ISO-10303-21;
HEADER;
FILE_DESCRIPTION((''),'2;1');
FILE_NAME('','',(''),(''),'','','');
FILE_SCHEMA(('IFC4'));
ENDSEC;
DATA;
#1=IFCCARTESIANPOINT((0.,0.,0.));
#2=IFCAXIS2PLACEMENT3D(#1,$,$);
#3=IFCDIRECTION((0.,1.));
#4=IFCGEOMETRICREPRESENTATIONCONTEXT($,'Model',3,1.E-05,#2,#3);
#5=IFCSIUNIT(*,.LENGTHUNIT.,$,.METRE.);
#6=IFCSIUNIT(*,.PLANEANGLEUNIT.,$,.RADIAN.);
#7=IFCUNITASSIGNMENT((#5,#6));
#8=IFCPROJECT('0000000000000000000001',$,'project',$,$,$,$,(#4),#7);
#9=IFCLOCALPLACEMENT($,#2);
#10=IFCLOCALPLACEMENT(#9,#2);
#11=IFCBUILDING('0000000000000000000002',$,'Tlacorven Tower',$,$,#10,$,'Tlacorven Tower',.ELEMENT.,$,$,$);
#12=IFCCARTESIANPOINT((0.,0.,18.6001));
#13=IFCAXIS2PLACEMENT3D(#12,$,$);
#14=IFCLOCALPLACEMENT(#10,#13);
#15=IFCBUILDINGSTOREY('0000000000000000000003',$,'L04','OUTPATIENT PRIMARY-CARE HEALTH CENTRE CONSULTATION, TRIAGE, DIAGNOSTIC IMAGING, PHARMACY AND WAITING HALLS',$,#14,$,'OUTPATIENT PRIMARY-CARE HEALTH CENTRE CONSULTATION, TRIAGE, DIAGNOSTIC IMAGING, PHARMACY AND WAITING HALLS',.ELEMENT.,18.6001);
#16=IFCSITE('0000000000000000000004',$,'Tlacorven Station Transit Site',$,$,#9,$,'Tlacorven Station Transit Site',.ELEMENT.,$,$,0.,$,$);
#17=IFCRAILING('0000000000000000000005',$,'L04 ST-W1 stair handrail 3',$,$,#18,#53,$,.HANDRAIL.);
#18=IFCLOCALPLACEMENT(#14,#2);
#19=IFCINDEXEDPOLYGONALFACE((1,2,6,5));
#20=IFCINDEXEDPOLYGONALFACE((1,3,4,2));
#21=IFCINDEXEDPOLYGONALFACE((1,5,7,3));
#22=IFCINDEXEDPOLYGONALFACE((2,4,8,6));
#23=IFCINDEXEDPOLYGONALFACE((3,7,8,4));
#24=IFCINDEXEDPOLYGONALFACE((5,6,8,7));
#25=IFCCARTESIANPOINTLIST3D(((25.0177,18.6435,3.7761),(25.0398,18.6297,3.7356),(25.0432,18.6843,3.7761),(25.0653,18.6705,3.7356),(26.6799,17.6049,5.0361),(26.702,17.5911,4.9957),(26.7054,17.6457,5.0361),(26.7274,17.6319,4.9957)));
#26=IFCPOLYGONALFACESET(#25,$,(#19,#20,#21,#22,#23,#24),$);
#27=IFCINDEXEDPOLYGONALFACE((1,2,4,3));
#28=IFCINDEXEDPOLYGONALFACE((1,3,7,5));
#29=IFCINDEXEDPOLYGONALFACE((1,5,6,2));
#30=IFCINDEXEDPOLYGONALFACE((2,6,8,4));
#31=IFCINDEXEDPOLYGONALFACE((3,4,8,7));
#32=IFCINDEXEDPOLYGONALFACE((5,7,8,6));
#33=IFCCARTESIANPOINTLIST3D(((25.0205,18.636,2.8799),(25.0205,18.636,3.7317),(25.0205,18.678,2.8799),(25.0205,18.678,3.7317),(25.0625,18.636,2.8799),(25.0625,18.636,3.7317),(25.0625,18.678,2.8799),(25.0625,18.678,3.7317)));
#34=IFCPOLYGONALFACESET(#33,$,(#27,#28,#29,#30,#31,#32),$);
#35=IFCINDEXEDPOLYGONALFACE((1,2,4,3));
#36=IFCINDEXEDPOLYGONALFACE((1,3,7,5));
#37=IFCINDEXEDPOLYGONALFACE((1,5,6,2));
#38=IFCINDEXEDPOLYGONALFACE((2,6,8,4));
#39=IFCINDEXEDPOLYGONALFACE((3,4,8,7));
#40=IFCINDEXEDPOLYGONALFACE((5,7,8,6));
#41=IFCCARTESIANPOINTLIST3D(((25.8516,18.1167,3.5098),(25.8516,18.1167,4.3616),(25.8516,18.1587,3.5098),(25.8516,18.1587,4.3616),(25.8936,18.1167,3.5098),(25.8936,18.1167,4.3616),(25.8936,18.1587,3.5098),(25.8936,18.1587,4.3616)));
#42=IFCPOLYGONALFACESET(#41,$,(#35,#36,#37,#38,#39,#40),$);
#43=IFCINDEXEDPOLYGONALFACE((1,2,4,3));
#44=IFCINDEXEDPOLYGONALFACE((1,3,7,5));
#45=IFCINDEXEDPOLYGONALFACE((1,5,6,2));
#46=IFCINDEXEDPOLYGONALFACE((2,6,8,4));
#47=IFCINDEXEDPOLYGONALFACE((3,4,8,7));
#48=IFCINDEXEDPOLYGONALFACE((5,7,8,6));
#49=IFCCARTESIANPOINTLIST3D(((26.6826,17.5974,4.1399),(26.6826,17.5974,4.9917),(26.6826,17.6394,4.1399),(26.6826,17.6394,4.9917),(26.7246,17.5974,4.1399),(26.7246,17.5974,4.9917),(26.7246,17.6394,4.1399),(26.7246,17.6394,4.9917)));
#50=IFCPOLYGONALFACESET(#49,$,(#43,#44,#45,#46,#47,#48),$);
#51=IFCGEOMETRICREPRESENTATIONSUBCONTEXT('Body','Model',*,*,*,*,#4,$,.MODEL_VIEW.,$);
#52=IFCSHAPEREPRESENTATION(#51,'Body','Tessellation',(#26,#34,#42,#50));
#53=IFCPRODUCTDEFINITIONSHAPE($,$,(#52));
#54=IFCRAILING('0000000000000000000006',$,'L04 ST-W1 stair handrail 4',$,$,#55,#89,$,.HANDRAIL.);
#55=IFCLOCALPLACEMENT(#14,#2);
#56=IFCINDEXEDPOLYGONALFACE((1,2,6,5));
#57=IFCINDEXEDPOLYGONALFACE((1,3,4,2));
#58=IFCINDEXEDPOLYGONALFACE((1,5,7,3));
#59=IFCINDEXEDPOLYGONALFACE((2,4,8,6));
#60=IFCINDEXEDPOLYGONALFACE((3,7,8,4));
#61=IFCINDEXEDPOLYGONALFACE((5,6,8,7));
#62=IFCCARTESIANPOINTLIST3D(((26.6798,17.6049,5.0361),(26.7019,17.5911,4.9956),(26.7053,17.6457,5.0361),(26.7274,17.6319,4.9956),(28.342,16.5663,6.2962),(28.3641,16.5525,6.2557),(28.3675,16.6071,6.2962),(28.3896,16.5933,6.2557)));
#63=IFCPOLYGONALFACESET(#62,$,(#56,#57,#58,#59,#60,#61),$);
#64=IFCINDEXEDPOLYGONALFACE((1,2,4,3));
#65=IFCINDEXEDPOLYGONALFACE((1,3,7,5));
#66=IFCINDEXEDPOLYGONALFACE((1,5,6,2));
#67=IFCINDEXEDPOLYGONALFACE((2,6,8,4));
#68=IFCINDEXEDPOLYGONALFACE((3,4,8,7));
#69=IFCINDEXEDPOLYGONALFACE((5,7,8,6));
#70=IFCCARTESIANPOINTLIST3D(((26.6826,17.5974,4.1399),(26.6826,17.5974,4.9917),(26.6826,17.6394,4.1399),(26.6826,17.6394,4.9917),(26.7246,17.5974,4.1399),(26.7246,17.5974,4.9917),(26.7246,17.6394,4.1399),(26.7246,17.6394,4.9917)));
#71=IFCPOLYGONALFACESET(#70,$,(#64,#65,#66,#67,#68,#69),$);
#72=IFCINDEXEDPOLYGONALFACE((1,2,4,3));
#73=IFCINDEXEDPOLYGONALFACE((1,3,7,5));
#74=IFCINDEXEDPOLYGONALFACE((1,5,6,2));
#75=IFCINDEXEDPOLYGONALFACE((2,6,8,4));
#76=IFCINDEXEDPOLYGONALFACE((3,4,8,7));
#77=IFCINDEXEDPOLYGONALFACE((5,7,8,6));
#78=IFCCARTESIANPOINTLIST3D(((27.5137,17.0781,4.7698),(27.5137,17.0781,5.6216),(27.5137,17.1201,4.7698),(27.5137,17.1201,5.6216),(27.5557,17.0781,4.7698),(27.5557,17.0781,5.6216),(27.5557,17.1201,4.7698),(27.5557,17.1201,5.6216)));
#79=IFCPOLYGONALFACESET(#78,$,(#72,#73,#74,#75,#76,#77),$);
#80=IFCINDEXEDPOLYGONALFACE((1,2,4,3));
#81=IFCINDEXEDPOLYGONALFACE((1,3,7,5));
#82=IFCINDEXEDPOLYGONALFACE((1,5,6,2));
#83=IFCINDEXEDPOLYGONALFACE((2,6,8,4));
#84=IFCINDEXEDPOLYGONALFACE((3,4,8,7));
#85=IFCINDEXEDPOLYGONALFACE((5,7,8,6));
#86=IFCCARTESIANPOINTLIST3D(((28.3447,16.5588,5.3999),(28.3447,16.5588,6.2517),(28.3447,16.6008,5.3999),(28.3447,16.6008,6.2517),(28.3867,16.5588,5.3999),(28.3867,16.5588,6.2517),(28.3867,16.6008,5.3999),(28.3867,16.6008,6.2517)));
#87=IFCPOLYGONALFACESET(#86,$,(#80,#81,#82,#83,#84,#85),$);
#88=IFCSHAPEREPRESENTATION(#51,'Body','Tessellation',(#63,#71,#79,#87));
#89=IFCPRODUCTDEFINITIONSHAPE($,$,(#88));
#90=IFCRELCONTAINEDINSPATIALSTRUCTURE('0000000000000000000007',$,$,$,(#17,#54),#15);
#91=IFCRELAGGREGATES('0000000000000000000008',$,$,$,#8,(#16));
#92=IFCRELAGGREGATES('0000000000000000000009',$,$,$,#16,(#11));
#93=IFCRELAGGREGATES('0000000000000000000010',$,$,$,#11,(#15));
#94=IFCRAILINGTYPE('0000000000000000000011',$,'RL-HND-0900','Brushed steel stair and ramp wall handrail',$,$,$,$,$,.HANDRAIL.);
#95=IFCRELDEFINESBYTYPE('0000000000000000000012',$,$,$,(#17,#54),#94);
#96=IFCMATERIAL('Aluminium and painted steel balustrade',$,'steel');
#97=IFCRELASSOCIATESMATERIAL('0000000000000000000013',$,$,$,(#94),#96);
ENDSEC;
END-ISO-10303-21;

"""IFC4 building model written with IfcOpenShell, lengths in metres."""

from ifc_helpers import new_model, si_unit, direction, frame, origin, origin_2d, place, context, subcontext, project, spatial, rectangle, extrude, source, transform, mapped, material, type_object, element, save


model = new_model("IFC4")

# Units and contexts
model_context = context("Model", 3, precision=1e-05, world=origin(), true_north=direction((0.0, 1.0)))
body_context = subcontext(model_context, "Body", "Model", "MODEL_VIEW")
ifc_project = project(units=[si_unit("LENGTHUNIT", "METRE"), si_unit("PLANEANGLEUNIT", "RADIAN")], contexts=[model_context])

# Site, building, storey
site_placement = place(None, origin())
site = spatial("IfcSite", under=ifc_project, at=site_placement, Name="Tlacorven Station Transit Site", LongName="Tlacorven Station Transit Site", CompositionType="ELEMENT", RefElevation=0.0)
building_placement = place(site_placement, origin())
building = spatial("IfcBuilding", under=site, at=building_placement, Name="Tlacorven Tower", LongName="Tlacorven Tower", CompositionType="ELEMENT")
storey_placement = place(building_placement, frame((0.0, 0.0, 18.6001)))
storey = spatial("IfcBuildingStorey", under=building, at=storey_placement, Name="L04", Description="OUTPATIENT PRIMARY-CARE HEALTH CENTRE CONSULTATION, TRIAGE, DIAGNOSTIC IMAGING, PHARMACY AND WAITING HALLS", LongName="OUTPATIENT PRIMARY-CARE HEALTH CENTRE CONSULTATION, TRIAGE, DIAGNOSTIC IMAGING, PHARMACY AND WAITING HALLS", CompositionType="ELEMENT", Elevation=18.6001)

# Railings
ifc_material_1 = material(Name="Aluminium and painted steel balustrade", Category="steel")
railing_type_1 = type_object("IfcRailingType", Name="RL-HND-0900", Description="Brushed steel stair and ramp wall handrail", PredefinedType="HANDRAIL", material=ifc_material_1)
shared_shape_1 = source(origin(), body_context, "Body", "SweptSolid", [
    extrude(rectangle(XDim=0.0481, YDim=0.0481, at=origin_2d()), frame((0.0, 0.0, 0.876), z_axis=(0.713354, -0.445741, 0.540778), x_axis=(0.529909, 0.848054, 0.0)), (0.0, 0.0, 1.0), 2.3301),
    extrude(rectangle(XDim=0.042, YDim=0.042, at=origin_2d()), origin(), (0.0, 0.0, 1.0), 0.8518),
    extrude(rectangle(XDim=0.042, YDim=0.042, at=origin_2d()), frame((0.8311, -0.5193, 0.6299)), (0.0, 0.0, 1.0), 0.8518),
    extrude(rectangle(XDim=0.042, YDim=0.042, at=origin_2d()), frame((1.6621, -1.0386, 1.26)), (0.0, 0.0, 1.0), 0.8518),
])
for number, where, name in (
    (1, (25.0415, 18.657, 2.8799), "L04 ST-W1 stair handrail 3"),
    (2, (26.7036, 17.6184, 4.1399), "L04 ST-W1 stair handrail 4"),
):
    element("IfcRailing", number, at=place(storey_placement, frame(where)), inside=storey, type_object=railing_type_1, Name=name, PredefinedType="HANDRAIL", context=body_context, shape_type="MappedRepresentation", body=[
        mapped(shared_shape_1, transform((0.0, 0.0, 0.0), scale=1.0)),
    ])

save(model, "model.ifc")
